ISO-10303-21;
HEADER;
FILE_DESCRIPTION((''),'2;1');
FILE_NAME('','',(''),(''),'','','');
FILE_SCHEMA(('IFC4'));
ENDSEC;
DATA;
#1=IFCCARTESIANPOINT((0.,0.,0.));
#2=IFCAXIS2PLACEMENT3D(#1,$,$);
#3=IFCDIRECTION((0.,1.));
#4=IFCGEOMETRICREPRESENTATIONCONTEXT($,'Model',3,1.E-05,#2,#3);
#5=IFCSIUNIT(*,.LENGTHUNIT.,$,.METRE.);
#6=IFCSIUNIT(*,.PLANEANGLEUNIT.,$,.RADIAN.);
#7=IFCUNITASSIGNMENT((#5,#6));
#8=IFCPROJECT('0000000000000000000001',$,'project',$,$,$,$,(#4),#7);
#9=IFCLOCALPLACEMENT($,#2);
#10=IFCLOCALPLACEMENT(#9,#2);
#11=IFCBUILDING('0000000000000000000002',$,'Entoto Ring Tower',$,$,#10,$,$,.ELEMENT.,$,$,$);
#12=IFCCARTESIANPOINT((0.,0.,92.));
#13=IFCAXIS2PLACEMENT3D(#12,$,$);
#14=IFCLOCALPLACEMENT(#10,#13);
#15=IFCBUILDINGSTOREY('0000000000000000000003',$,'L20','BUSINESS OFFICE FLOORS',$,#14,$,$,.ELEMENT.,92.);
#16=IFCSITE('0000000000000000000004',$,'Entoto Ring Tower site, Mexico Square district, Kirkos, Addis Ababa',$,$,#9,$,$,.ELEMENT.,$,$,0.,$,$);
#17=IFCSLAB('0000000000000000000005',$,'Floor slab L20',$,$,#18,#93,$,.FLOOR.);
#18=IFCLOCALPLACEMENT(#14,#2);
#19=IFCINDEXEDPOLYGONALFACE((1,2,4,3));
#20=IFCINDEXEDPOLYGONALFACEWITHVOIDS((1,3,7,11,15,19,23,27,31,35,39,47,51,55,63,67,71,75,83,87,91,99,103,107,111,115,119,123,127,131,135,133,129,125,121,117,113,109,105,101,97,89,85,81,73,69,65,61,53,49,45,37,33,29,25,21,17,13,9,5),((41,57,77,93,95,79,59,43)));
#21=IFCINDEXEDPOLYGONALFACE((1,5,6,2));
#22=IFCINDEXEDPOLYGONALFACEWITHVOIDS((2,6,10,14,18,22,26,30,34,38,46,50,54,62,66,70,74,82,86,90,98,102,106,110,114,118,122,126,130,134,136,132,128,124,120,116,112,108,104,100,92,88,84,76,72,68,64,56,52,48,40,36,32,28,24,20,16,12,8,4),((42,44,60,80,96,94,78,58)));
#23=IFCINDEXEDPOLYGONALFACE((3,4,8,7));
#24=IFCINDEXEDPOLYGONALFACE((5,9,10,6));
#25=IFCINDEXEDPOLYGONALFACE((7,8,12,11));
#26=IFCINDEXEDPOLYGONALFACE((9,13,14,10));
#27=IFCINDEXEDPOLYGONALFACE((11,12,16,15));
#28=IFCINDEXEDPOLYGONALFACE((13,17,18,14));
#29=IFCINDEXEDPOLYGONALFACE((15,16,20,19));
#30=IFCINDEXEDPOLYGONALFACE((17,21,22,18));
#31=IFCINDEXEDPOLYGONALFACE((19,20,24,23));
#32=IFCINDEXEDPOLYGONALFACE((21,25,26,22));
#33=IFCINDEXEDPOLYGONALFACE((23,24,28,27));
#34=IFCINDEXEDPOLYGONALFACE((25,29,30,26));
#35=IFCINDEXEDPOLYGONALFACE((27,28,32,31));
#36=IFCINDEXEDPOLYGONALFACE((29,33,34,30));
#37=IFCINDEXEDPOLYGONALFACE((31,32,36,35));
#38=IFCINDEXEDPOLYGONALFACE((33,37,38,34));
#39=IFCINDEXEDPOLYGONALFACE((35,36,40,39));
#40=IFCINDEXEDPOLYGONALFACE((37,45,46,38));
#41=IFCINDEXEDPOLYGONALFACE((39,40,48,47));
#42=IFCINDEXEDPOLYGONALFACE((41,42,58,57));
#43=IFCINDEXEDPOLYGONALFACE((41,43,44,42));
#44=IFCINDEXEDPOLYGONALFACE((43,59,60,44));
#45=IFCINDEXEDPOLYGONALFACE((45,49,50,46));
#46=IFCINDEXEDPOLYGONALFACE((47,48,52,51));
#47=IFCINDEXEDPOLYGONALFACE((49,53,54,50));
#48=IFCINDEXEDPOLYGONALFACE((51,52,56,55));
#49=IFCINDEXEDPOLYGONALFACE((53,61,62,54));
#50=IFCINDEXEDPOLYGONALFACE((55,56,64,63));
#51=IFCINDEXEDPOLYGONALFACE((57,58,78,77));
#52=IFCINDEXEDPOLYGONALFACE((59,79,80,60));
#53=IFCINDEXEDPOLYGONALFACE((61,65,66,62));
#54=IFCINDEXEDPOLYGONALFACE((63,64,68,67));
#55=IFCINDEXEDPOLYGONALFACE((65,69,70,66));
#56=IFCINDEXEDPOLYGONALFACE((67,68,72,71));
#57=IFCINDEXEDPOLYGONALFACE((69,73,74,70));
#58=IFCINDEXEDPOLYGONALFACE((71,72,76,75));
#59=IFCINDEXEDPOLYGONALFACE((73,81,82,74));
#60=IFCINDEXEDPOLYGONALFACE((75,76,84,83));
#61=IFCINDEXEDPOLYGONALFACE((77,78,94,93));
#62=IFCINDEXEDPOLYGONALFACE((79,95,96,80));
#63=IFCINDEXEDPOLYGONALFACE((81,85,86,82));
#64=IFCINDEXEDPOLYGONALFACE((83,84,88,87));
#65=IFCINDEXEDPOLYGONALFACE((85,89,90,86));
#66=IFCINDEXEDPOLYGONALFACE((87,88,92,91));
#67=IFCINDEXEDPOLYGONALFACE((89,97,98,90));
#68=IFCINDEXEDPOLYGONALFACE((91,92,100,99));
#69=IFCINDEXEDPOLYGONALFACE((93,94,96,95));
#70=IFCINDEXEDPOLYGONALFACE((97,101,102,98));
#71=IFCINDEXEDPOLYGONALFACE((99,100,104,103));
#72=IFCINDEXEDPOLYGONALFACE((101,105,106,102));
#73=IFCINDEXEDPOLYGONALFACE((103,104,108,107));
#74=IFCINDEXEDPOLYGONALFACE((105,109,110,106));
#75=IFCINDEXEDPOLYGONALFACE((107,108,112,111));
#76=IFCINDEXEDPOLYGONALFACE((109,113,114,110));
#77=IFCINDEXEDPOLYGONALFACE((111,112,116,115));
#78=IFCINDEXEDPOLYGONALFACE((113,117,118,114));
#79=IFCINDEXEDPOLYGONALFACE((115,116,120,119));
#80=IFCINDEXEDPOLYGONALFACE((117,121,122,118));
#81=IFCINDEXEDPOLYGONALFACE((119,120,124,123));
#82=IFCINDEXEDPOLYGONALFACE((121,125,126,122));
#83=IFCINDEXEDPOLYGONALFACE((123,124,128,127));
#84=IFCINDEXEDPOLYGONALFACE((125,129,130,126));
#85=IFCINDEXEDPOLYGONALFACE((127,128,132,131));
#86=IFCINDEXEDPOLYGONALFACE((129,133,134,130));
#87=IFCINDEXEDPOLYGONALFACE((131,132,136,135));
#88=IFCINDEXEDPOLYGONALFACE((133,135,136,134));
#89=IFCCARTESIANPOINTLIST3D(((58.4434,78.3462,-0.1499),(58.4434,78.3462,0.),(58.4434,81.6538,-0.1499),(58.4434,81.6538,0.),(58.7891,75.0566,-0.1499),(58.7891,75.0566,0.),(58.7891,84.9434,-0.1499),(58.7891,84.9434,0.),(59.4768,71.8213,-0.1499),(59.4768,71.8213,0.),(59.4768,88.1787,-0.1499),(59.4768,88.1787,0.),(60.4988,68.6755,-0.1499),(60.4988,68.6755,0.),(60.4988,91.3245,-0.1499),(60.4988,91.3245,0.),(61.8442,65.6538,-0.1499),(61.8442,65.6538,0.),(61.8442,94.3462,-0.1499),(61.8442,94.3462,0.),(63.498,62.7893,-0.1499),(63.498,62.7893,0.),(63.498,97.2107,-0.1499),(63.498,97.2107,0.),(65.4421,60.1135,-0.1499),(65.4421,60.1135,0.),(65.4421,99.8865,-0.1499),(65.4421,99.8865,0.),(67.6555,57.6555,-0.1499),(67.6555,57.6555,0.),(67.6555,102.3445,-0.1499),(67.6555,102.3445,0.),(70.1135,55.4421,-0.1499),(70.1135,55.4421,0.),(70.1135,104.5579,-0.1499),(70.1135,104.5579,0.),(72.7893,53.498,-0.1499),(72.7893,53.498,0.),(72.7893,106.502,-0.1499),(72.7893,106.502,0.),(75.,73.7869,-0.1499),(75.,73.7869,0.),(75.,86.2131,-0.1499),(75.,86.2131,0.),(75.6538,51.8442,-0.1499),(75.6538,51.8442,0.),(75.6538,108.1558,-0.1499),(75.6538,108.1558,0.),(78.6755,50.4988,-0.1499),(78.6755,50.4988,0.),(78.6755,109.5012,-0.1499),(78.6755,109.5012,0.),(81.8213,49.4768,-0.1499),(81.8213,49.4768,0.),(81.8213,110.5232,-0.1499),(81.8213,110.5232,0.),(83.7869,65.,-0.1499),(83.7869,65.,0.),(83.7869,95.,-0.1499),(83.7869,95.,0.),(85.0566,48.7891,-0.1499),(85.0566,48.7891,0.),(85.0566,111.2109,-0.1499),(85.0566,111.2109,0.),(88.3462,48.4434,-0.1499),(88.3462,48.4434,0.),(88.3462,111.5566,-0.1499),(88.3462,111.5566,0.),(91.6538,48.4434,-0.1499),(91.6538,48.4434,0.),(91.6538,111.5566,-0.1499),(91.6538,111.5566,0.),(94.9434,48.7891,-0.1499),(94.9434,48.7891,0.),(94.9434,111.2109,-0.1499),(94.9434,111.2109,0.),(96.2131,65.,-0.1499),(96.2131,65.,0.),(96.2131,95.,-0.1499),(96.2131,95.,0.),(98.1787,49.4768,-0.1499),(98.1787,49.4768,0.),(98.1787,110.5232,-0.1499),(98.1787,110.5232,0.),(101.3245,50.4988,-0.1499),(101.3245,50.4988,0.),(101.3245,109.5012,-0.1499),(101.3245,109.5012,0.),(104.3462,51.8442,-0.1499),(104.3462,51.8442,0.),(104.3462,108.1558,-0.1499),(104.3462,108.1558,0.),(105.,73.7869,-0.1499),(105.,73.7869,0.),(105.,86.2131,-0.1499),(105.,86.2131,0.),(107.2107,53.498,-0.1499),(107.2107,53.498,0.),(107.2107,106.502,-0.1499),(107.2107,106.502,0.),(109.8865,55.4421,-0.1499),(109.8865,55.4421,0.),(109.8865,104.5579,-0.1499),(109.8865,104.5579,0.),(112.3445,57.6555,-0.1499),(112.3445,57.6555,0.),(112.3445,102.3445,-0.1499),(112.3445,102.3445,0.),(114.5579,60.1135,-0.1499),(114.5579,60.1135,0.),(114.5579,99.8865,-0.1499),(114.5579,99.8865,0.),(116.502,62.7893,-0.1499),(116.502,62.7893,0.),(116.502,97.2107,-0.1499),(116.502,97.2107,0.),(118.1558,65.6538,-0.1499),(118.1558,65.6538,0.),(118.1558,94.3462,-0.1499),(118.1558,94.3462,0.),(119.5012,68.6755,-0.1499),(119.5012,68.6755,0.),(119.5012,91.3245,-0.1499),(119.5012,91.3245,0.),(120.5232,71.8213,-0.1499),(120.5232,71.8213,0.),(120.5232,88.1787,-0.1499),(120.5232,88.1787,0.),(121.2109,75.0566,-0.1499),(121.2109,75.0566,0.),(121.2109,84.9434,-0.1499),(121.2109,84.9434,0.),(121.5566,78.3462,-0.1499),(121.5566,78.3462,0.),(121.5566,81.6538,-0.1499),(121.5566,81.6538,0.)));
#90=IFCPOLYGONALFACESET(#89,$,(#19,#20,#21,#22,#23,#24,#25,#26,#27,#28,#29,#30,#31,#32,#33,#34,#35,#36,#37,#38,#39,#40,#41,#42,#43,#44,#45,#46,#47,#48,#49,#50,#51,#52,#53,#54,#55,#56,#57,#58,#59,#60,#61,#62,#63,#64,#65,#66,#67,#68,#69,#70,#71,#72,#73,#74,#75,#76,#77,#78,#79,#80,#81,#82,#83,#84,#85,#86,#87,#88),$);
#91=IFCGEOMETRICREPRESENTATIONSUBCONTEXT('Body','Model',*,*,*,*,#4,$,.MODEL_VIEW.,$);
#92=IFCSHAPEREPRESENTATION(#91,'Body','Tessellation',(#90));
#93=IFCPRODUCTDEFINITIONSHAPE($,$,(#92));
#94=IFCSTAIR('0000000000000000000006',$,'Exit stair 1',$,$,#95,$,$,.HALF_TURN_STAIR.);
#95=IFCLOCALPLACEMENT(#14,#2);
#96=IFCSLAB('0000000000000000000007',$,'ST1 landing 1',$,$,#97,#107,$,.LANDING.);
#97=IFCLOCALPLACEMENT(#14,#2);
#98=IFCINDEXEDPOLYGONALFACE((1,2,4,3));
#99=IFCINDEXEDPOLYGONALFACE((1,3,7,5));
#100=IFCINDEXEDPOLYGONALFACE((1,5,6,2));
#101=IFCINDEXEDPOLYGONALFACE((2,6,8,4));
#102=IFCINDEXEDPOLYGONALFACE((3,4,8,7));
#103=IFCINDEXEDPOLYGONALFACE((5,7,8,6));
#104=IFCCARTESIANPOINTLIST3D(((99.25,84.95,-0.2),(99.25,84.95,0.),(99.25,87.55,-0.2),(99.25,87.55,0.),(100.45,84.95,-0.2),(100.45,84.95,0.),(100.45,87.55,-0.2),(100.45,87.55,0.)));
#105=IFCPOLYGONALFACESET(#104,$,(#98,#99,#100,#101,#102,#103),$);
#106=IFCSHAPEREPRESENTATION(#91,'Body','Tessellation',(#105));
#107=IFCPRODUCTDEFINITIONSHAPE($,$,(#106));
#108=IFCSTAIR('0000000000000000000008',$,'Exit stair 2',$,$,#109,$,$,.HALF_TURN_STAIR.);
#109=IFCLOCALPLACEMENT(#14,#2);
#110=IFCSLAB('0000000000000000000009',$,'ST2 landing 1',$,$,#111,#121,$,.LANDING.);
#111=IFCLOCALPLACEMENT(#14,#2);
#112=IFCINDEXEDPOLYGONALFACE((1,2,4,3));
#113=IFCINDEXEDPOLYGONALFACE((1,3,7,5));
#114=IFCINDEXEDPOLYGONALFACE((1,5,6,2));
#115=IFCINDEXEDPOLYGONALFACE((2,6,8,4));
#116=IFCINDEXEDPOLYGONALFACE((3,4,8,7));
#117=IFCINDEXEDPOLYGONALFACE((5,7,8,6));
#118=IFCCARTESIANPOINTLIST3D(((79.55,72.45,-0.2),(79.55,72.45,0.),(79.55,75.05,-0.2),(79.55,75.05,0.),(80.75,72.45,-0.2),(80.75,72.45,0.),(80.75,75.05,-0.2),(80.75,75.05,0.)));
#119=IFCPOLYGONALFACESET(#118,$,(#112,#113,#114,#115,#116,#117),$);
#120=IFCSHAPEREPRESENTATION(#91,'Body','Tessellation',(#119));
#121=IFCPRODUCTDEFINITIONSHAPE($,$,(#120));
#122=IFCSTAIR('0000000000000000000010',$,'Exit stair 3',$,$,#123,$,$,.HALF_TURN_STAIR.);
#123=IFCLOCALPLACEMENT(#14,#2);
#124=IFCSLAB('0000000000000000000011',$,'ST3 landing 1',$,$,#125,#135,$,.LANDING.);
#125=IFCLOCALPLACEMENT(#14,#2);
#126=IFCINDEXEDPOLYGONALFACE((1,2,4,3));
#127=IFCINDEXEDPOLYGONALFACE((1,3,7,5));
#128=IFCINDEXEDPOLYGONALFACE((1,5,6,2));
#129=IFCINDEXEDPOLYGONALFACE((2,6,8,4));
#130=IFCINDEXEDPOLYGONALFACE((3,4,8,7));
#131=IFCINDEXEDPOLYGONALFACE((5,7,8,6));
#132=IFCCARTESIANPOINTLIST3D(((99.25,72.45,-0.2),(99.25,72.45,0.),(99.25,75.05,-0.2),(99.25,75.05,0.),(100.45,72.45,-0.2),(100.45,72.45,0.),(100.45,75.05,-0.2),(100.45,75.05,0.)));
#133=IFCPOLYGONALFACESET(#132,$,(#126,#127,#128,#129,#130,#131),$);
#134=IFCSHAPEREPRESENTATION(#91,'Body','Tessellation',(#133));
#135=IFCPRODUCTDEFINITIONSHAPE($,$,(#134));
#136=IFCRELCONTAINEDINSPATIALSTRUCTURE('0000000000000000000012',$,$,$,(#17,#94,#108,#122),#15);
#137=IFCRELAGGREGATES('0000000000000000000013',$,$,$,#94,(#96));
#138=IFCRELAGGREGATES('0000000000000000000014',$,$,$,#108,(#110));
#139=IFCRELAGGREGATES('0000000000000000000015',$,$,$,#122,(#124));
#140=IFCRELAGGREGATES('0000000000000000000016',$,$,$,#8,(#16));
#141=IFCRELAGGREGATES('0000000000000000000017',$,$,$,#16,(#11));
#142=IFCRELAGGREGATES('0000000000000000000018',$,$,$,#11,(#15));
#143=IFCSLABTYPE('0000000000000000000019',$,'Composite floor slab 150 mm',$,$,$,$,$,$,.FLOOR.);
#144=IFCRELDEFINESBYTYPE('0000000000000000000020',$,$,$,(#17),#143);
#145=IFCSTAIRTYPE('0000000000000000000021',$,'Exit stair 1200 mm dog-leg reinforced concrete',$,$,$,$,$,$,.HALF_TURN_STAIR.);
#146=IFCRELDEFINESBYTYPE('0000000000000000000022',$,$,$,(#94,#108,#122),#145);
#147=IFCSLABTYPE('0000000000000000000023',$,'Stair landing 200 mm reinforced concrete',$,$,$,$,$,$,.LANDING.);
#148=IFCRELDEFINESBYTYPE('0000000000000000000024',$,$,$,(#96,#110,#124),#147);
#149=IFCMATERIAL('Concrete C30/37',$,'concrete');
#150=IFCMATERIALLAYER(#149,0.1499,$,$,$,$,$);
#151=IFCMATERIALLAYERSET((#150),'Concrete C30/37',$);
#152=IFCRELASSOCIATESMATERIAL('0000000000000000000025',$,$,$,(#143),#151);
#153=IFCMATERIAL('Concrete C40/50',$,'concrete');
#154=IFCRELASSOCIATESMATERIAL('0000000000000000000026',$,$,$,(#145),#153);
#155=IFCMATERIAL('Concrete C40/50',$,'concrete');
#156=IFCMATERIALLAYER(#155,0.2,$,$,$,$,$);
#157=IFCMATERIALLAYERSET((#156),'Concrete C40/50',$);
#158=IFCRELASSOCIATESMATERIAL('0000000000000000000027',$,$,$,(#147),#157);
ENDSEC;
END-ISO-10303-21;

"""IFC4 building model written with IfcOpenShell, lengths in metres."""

from ifc_helpers import new_model, si_unit, direction, frame, origin, place, context, subcontext, project, spatial, polyline, outline, extrude, material, layer, layer_set, type_object, element, aggregate, save


model = new_model("IFC4")

# Units and contexts
model_context = context("Model", 3, precision=1e-05, world=origin(), true_north=direction((0.0, 1.0)))
body_context = subcontext(model_context, "Body", "Model", "MODEL_VIEW")
ifc_project = project(units=[si_unit("LENGTHUNIT", "METRE"), si_unit("PLANEANGLEUNIT", "RADIAN")], contexts=[model_context])

# Site, building, storey
site_placement = place(None, origin())
building_placement = place(site_placement, origin())
storey_placement = place(building_placement, frame((0.0, 0.0, 92.0)))
site = spatial("IfcSite", under=ifc_project, at=site_placement, Name="Entoto Ring Tower site, Mexico Square district, Kirkos, Addis Ababa", CompositionType="ELEMENT", RefElevation=0.0)
building = spatial("IfcBuilding", under=site, at=building_placement, Name="Entoto Ring Tower", CompositionType="ELEMENT")
storey = spatial("IfcBuildingStorey", under=building, at=storey_placement, Name="L20", Description="BUSINESS OFFICE FLOORS", CompositionType="ELEMENT", Elevation=92.0)

# Slab
ifc_material_1 = material(Name="Concrete C30/37", Category="concrete")
ifc_layer_1 = layer(ifc_material_1, 0.1499)
ifc_layer_set_1 = layer_set([ifc_layer_1], Name="Concrete C30/37")
slab_type_1 = type_object("IfcSlabType", Name="Composite floor slab 150 mm", PredefinedType="FLOOR", material=ifc_layer_set_1)
slab_1_placement = place(storey_placement, frame((0.0, 0.0, -0.1499)))
element("IfcSlab", 1, at=slab_1_placement, inside=storey, type_object=slab_type_1, Name="Floor slab L20", PredefinedType="FLOOR", context=body_context, shape_type="SweptSolid", body=[
    extrude(outline(polyline([(121.2109, 84.9434), (120.5232, 88.1787), (119.5012, 91.3245), (118.1558, 94.3462), (116.502, 97.2107), (114.5579, 99.8865), (112.3445, 102.3445), (109.8865, 104.5579), (107.2107, 106.502), (104.3462, 108.1558), (101.3245, 109.5012), (98.1787, 110.5232), (94.9434, 111.2109), (91.6538, 111.5566), (88.3462, 111.5566), (85.0566, 111.2109), (81.8213, 110.5232), (78.6755, 109.5012), (75.6538, 108.1558), (72.7893, 106.502), (70.1135, 104.5579), (67.6555, 102.3445), (65.4421, 99.8865), (63.498, 97.2107), (61.8442, 94.3462), (60.4988, 91.3245), (59.4768, 88.1787), (58.7891, 84.9434), (58.4434, 81.6538), (58.4434, 78.3462), (58.7891, 75.0566), (59.4768, 71.8213), (60.4988, 68.6755), (61.8442, 65.6538), (63.498, 62.7893), (65.4421, 60.1135), (67.6555, 57.6555), (70.1135, 55.4421), (72.7893, 53.498), (75.6538, 51.8442), (78.6755, 50.4988), (81.8213, 49.4768), (85.0566, 48.7891), (88.3462, 48.4434), (91.6538, 48.4434), (94.9434, 48.7891), (98.1787, 49.4768), (101.3245, 50.4988), (104.3462, 51.8442), (107.2107, 53.498), (109.8865, 55.4421), (112.3445, 57.6555), (114.5579, 60.1135), (116.502, 62.7893), (118.1558, 65.6538), (119.5012, 68.6755), (120.5232, 71.8213), (121.2109, 75.0566), (121.5566, 78.3462), (121.5566, 81.6538), (121.2109, 84.9434)]), holes=[polyline([(105.0, 73.7869), (105.0, 86.2131), (96.2131, 95.0), (83.7869, 95.0), (75.0, 86.2131), (75.0, 73.7869), (83.7869, 65.0), (96.2131, 65.0), (105.0, 73.7869)])]), origin(), (0.0, 0.0, 1.0), 0.1499),
])

# Stairs, slabs
ifc_material_2 = material(Name="Concrete C40/50", Category="concrete")
stair_type = type_object("IfcStairType", Name="Exit stair 1200 mm dog-leg reinforced concrete", PredefinedType="HALF_TURN_STAIR", material=ifc_material_2)
stair_1_placement = place(storey_placement, origin())
stair_1 = element("IfcStair", 2, at=stair_1_placement, inside=storey, type_object=stair_type, Name="Exit stair 1", PredefinedType="HALF_TURN_STAIR")
ifc_material_3 = material(Name="Concrete C40/50", Category="concrete")
ifc_layer_2 = layer(ifc_material_3, 0.2)
ifc_layer_set_2 = layer_set([ifc_layer_2], Name="Concrete C40/50")
slab_type_2 = type_object("IfcSlabType", Name="Stair landing 200 mm reinforced concrete", PredefinedType="LANDING", material=ifc_layer_set_2)
slab_2_placement = place(storey_placement, frame((0.0, 0.0, -0.2)))
slab_2 = element("IfcSlab", 3, at=slab_2_placement, type_object=slab_type_2, Name="ST1 landing 1", PredefinedType="LANDING", context=body_context, shape_type="SweptSolid", body=[
    extrude(outline(polyline([(100.45, 84.95), (100.45, 87.55), (99.25, 87.55), (99.25, 84.95), (100.45, 84.95)])), origin(), (0.0, 0.0, 1.0), 0.2),
])
aggregate(stair_1, [slab_2])
stair_2_placement = place(storey_placement, origin())
stair_2 = element("IfcStair", 4, at=stair_2_placement, inside=storey, type_object=stair_type, Name="Exit stair 2", PredefinedType="HALF_TURN_STAIR")
slab_3_placement = place(storey_placement, frame((0.0, 0.0, -0.2)))
slab_3 = element("IfcSlab", 5, at=slab_3_placement, type_object=slab_type_2, Name="ST2 landing 1", PredefinedType="LANDING", context=body_context, shape_type="SweptSolid", body=[
    extrude(outline(polyline([(80.75, 72.45), (80.75, 75.05), (79.55, 75.05), (79.55, 72.45), (80.75, 72.45)])), origin(), (0.0, 0.0, 1.0), 0.2),
])
aggregate(stair_2, [slab_3])
stair_3_placement = place(storey_placement, origin())
stair_3 = element("IfcStair", 6, at=stair_3_placement, inside=storey, type_object=stair_type, Name="Exit stair 3", PredefinedType="HALF_TURN_STAIR")
slab_4_placement = place(storey_placement, frame((0.0, 0.0, -0.2)))
slab_4 = element("IfcSlab", 7, at=slab_4_placement, type_object=slab_type_2, Name="ST3 landing 1", PredefinedType="LANDING", context=body_context, shape_type="SweptSolid", body=[
    extrude(outline(polyline([(100.45, 72.45), (100.45, 75.05), (99.25, 75.05), (99.25, 72.45), (100.45, 72.45)])), origin(), (0.0, 0.0, 1.0), 0.2),
])
aggregate(stair_3, [slab_4])

save(model, "model.ifc")
